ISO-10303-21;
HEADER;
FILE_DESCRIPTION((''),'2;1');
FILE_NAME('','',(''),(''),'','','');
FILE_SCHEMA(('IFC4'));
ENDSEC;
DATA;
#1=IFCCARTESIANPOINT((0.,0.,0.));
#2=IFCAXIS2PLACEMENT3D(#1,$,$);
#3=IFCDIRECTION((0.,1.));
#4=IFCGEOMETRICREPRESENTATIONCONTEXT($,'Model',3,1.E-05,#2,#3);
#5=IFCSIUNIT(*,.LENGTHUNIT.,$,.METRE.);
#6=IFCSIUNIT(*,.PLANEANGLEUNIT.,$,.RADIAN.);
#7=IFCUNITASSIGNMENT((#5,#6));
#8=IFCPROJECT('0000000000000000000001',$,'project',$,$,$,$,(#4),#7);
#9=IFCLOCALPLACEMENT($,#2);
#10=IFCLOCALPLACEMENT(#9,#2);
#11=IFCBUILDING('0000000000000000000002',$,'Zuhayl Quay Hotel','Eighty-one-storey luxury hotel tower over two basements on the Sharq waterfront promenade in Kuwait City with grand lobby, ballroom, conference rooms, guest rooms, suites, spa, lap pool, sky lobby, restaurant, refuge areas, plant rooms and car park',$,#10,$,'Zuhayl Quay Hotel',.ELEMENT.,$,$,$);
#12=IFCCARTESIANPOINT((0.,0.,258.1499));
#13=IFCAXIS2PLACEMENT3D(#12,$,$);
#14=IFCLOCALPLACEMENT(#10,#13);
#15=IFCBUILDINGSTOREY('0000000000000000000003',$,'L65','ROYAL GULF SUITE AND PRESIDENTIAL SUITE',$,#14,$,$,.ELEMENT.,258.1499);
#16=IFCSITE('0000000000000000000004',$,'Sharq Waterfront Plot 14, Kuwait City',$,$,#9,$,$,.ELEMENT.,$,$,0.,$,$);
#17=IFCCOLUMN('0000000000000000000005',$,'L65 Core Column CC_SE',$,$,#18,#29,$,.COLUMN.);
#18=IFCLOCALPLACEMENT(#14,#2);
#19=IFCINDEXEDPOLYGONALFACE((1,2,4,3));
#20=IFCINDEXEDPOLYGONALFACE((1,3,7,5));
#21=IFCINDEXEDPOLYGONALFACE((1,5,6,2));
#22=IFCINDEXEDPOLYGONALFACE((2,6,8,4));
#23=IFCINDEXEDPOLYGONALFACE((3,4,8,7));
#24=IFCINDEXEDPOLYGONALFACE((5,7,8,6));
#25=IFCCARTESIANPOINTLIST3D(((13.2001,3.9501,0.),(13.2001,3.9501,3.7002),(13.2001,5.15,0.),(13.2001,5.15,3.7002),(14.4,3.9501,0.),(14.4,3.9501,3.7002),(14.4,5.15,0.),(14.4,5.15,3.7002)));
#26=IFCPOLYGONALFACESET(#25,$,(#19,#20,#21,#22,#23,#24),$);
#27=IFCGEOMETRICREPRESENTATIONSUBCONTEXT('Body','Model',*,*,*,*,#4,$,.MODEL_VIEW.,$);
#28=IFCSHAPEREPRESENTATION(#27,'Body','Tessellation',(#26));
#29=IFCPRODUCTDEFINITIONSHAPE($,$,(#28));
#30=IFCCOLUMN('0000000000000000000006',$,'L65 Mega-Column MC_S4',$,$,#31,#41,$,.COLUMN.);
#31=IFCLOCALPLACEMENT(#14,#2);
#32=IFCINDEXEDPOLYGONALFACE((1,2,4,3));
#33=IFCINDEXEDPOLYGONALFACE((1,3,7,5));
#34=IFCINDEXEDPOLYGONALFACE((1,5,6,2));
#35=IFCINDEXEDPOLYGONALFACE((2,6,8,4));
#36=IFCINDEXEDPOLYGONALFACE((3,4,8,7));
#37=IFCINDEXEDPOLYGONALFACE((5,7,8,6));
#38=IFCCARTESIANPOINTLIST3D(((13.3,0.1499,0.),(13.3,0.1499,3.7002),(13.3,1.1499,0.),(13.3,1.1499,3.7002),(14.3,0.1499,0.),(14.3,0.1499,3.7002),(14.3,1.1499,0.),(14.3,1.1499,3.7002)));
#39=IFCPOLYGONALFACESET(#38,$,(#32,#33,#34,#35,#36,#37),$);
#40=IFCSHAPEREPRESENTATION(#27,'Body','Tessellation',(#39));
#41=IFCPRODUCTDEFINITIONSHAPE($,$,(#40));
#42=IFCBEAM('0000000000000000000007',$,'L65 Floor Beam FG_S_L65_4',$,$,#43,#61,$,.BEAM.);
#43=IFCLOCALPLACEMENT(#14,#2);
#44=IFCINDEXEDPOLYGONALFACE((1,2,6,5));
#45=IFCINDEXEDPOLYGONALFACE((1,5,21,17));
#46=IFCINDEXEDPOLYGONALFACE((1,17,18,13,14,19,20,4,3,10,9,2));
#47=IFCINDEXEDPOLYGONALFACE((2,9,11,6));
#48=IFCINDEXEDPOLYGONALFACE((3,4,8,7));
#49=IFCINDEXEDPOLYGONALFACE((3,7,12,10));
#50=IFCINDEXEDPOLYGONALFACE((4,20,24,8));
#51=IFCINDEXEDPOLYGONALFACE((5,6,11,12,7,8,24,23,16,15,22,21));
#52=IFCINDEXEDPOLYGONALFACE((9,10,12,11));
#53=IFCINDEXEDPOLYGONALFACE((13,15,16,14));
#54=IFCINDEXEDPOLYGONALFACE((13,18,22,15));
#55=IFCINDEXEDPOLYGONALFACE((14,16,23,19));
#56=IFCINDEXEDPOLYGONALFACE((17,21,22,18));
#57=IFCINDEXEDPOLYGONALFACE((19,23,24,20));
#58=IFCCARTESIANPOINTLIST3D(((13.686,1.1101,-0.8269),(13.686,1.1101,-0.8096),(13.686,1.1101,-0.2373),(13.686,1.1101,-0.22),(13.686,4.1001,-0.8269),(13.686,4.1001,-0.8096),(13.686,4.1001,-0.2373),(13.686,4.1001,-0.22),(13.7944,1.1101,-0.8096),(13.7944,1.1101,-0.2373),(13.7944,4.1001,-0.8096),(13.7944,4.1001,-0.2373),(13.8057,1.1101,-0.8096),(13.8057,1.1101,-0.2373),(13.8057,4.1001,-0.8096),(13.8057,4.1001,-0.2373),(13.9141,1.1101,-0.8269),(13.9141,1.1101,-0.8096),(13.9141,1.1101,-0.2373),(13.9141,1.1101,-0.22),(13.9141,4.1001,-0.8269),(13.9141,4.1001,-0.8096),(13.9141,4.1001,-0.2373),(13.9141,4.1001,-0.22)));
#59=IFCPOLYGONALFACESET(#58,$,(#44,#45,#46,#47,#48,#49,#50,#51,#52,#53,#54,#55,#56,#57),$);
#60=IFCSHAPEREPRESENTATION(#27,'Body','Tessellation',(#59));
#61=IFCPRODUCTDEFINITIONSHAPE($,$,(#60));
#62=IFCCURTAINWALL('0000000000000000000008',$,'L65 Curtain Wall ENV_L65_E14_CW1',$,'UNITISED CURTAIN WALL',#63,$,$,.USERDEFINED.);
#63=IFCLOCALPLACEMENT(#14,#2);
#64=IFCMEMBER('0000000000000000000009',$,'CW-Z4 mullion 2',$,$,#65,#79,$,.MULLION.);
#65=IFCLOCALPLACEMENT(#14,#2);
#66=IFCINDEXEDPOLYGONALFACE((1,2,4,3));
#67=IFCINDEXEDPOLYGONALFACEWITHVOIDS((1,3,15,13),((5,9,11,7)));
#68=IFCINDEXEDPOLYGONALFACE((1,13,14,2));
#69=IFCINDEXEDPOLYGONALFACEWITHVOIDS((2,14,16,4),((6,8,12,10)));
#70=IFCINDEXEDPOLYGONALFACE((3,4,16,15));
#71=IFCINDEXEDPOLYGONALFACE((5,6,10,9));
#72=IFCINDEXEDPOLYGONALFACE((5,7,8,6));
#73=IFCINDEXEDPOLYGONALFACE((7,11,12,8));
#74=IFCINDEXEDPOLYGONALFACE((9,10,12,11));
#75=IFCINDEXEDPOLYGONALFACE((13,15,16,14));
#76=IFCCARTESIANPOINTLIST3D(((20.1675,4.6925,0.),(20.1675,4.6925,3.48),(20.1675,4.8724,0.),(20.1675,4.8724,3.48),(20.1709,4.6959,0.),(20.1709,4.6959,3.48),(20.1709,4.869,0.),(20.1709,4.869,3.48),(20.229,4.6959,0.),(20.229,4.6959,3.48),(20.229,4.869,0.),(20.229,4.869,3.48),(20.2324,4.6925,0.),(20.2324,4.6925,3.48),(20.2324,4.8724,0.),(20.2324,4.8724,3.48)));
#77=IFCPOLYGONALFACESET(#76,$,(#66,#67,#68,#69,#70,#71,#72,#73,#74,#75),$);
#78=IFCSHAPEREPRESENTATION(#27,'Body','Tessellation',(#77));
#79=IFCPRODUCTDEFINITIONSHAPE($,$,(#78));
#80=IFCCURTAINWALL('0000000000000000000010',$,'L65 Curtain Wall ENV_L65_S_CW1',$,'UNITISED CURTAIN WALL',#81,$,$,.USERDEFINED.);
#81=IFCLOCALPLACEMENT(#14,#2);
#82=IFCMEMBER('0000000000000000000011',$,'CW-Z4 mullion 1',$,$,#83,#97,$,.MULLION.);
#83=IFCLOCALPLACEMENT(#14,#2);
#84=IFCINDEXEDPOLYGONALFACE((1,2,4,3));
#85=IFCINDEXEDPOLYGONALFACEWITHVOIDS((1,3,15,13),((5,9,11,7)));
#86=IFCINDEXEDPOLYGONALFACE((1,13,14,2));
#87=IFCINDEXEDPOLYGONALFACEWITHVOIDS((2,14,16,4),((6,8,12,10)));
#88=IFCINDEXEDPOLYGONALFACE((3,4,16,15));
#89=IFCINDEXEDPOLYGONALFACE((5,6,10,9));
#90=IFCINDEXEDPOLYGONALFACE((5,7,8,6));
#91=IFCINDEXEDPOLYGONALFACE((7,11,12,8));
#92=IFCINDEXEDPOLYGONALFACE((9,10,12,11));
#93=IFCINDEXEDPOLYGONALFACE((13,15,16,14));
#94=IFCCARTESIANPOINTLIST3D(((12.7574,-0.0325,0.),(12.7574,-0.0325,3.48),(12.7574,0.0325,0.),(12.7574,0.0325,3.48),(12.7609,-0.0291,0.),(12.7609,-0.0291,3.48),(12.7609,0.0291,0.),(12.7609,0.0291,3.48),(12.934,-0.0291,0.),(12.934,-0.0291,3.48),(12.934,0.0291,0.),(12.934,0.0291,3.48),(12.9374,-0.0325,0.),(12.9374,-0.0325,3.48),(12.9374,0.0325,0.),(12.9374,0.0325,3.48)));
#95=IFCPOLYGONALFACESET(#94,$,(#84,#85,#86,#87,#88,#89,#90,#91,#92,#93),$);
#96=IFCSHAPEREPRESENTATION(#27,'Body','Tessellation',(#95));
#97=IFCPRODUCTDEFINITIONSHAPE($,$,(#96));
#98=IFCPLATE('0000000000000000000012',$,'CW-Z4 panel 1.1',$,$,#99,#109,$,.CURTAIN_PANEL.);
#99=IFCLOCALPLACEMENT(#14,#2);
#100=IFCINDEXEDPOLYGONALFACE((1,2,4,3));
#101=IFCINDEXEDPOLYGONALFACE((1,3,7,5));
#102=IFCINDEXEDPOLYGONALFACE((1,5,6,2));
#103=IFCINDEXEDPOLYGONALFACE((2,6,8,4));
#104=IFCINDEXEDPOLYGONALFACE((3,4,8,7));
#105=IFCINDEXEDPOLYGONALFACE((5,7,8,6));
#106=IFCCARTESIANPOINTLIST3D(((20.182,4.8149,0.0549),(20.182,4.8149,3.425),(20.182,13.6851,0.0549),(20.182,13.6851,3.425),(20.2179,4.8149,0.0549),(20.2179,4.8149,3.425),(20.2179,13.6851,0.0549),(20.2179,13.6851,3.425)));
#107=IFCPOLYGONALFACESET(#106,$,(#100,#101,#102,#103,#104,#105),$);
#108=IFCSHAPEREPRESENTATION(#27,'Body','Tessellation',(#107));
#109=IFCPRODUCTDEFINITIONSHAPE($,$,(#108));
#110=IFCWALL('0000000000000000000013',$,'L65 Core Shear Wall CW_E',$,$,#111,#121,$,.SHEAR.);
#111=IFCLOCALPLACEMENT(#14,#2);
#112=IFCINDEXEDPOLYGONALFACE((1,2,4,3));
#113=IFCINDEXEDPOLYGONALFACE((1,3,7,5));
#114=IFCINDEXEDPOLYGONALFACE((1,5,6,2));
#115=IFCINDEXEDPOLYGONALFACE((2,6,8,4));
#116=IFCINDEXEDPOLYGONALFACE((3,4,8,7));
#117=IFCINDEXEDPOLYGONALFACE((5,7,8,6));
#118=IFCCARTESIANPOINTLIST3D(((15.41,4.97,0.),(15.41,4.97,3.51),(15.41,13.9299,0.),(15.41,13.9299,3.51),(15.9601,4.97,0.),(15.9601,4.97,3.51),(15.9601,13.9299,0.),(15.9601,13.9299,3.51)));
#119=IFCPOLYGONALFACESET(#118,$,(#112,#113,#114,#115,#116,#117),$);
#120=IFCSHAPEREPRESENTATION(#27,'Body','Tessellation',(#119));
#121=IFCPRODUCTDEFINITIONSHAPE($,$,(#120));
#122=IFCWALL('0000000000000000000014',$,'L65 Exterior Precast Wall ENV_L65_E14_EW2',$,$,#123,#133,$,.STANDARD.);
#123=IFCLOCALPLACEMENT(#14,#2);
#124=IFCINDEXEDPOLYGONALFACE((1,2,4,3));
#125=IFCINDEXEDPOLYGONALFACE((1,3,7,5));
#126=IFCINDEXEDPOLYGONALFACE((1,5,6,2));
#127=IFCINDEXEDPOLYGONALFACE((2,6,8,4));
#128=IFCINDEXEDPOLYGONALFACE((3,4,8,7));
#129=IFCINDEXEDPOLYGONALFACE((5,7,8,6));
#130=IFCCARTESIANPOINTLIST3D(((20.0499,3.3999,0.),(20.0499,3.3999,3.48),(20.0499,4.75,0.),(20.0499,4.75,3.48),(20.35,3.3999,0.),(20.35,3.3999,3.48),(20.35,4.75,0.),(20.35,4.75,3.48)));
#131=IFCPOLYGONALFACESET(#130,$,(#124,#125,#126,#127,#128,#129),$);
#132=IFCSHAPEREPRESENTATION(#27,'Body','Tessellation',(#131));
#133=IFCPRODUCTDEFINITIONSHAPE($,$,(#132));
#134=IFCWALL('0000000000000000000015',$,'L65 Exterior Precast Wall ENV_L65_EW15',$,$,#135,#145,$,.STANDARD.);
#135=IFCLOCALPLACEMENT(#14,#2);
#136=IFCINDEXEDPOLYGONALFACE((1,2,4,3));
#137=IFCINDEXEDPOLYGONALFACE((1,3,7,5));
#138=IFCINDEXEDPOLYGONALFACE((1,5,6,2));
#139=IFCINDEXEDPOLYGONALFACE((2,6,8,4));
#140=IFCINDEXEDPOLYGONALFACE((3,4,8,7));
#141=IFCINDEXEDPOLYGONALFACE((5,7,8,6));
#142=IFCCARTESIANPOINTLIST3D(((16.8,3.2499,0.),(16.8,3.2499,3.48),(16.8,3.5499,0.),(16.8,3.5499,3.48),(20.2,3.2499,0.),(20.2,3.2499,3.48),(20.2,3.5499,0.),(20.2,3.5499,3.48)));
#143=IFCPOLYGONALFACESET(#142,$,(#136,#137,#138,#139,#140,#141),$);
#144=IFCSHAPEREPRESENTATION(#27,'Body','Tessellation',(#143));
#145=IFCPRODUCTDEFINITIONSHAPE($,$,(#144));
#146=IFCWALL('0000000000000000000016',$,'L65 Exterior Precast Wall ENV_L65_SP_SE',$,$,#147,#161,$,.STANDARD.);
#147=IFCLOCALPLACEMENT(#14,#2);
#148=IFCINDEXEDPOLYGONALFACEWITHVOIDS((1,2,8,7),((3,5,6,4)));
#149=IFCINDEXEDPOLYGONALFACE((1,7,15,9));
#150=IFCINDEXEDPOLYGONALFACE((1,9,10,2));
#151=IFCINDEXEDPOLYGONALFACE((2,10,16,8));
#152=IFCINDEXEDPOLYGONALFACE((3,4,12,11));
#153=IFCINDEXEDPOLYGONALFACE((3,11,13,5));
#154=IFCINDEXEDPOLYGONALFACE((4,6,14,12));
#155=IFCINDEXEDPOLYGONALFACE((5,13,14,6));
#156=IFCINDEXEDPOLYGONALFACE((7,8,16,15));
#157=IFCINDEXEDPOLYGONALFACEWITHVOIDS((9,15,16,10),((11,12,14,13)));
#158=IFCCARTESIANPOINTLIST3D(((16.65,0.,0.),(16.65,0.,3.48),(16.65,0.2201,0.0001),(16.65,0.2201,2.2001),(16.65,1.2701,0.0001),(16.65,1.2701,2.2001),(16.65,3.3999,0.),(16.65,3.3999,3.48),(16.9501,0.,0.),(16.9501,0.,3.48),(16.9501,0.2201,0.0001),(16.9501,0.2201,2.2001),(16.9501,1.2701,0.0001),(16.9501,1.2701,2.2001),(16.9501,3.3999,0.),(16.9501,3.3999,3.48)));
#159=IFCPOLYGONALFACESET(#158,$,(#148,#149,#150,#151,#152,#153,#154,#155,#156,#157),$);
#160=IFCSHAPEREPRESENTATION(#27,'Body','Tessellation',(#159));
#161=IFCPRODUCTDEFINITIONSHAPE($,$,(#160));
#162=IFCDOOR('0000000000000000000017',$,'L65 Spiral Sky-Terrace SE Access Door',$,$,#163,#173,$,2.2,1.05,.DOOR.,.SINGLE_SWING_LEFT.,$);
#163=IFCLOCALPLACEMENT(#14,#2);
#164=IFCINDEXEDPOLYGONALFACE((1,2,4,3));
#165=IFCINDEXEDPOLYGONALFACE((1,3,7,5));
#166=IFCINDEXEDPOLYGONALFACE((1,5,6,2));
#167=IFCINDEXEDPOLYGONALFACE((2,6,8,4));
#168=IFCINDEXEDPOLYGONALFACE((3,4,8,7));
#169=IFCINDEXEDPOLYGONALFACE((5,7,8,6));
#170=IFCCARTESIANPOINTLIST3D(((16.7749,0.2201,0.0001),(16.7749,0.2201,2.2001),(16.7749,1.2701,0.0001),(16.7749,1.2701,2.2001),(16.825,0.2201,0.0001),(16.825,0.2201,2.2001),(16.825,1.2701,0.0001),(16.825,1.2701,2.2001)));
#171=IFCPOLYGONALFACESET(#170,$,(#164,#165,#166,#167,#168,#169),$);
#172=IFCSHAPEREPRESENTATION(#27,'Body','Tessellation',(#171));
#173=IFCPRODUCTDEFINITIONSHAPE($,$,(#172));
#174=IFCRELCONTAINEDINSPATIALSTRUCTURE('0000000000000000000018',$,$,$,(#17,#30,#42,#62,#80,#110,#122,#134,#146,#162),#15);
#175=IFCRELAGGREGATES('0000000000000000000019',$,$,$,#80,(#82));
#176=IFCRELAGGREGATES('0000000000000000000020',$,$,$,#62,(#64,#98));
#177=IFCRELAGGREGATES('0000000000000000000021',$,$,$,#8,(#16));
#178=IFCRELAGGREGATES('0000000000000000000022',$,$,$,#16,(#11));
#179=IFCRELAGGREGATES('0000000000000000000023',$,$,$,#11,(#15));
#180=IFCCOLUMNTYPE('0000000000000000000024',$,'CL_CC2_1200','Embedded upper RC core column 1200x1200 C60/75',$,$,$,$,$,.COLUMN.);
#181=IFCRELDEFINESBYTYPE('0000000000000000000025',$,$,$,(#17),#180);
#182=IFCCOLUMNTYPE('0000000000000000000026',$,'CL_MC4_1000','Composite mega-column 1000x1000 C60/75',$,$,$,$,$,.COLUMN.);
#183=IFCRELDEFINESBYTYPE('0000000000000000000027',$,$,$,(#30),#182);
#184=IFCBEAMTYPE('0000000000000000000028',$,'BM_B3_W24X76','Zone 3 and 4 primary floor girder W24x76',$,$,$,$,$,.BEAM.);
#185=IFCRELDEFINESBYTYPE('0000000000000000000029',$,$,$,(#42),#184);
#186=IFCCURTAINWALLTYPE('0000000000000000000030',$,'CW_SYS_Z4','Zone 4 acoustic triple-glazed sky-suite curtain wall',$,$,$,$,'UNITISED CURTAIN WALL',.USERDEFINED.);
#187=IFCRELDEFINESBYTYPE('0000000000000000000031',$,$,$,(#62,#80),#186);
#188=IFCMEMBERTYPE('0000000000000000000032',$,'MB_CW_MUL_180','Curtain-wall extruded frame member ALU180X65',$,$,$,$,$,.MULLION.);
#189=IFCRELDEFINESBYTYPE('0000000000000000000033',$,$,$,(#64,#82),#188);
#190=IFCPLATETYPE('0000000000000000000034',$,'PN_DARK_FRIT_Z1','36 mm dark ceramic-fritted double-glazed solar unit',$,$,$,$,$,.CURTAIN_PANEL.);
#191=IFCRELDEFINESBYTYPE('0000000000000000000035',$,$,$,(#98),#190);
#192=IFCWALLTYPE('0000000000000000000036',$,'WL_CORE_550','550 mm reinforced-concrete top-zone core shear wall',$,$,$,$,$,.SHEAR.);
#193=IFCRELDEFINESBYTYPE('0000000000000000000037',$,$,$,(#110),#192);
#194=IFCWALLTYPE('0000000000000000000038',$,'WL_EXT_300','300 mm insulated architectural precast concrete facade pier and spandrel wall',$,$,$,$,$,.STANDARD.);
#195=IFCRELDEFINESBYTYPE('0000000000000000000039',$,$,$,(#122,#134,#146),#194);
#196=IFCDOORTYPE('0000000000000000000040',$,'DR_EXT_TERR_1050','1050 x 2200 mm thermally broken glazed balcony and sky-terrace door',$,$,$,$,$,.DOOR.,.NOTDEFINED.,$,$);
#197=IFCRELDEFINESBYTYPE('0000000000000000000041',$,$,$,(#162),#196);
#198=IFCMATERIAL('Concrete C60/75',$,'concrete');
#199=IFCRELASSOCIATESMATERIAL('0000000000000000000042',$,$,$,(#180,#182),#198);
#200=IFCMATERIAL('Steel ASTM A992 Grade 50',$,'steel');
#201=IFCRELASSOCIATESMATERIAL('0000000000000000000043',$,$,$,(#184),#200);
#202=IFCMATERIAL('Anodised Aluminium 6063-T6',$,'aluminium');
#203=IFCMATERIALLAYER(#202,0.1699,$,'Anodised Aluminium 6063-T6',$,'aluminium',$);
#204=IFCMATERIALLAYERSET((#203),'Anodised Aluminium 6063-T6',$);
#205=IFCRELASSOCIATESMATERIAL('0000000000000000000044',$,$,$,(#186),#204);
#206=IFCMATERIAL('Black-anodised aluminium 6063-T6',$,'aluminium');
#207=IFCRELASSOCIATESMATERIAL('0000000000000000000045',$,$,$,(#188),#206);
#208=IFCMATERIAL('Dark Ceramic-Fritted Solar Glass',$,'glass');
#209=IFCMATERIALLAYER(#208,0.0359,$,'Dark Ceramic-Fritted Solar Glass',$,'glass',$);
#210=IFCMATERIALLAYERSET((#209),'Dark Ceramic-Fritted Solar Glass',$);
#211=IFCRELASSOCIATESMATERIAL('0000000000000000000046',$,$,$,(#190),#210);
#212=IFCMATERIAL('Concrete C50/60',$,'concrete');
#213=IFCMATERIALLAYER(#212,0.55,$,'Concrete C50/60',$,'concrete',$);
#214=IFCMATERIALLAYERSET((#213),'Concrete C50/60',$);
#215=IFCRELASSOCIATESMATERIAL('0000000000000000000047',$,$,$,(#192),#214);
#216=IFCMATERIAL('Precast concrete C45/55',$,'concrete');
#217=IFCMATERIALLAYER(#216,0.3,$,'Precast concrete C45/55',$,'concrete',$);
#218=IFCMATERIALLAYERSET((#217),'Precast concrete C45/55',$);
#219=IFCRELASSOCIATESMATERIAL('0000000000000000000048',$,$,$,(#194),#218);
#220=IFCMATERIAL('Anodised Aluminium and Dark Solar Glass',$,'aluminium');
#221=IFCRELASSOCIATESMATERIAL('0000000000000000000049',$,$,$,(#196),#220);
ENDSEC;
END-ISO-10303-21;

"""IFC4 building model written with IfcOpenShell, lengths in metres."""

from ifc_helpers import new_model, si_unit, direction, frame, frame_2d, origin, origin_2d, place, context, subcontext, project, spatial, rectangle, hollow_rectangle, i_section, extrude, material, layer, layer_set, material_profile, profile_set, type_object, element, fill, aggregate, save


model = new_model("IFC4")

# Units and contexts
model_context = context("Model", 3, precision=1e-05, world=origin(), true_north=direction((0.0, 1.0)))
body_context = subcontext(model_context, "Body", "Model", "MODEL_VIEW")
ifc_project = project(units=[si_unit("LENGTHUNIT", "METRE"), si_unit("PLANEANGLEUNIT", "RADIAN")], contexts=[model_context])

# Site, building, storey
site_placement = place(None, origin())
site = spatial("IfcSite", under=ifc_project, at=site_placement, Name="Sharq Waterfront Plot 14, Kuwait City", CompositionType="ELEMENT", RefElevation=0.0)
building_placement = place(site_placement, origin())
building = spatial("IfcBuilding", under=site, at=building_placement, Name="Zuhayl Quay Hotel", Description="Eighty-one-storey luxury hotel tower over two basements on the Sharq waterfront promenade in Kuwait City with grand lobby, ballroom, conference rooms, guest rooms, suites, spa, lap pool, sky lobby, restaurant, refuge areas, plant rooms and car park", LongName="Zuhayl Quay Hotel", CompositionType="ELEMENT")
storey_placement = place(building_placement, frame((0.0, 0.0, 258.1499)))
storey = spatial("IfcBuildingStorey", under=building, at=storey_placement, Name="L65", Description="ROYAL GULF SUITE AND PRESIDENTIAL SUITE", CompositionType="ELEMENT", Elevation=258.1499)

# Columns
ifc_material_1 = material(Name="Concrete C60/75", Category="concrete")
ifc_material_profile_1 = material_profile(ifc_material_1, rectangle(XDim=1.2, YDim=1.2, at=origin_2d()), Name="RC1200X1200")
ifc_profile_set_1 = profile_set([ifc_material_profile_1], Name="Concrete C60/75")
column_type_1 = type_object("IfcColumnType", Name="CL_CC2_1200", Description="Embedded upper RC core column 1200x1200 C60/75", PredefinedType="COLUMN", material=ifc_profile_set_1)
column_1_placement = place(storey_placement, frame((13.8, 4.55, 0.0), z_axis=(0.0, 0.0, 1.0), x_axis=(1.0, 0.0, 0.0)))
element("IfcColumn", 1, at=column_1_placement, inside=storey, type_object=column_type_1, Name="L65 Core Column CC_SE", PredefinedType="COLUMN", context=body_context, shape_type="SweptSolid", body=[
    extrude(rectangle(XDim=1.2, YDim=1.2, at=origin_2d()), origin(), (0.0, 0.0, 1.0), 3.7002),
])
ifc_material_profile_2 = material_profile(ifc_material_1, rectangle(XDim=1.0, YDim=1.0, at=origin_2d()), Name="RC1000X1000")
ifc_profile_set_2 = profile_set([ifc_material_profile_2], Name="Concrete C60/75")
column_type_2 = type_object("IfcColumnType", Name="CL_MC4_1000", Description="Composite mega-column 1000x1000 C60/75", PredefinedType="COLUMN", material=ifc_profile_set_2)
column_2_placement = place(storey_placement, frame((13.8, 0.6499, 0.0), z_axis=(0.0, 0.0, 1.0), x_axis=(1.0, 0.0, 0.0)))
element("IfcColumn", 2, at=column_2_placement, inside=storey, type_object=column_type_2, Name="L65 Mega-Column MC_S4", PredefinedType="COLUMN", context=body_context, shape_type="SweptSolid", body=[
    extrude(rectangle(XDim=1.0, YDim=1.0, at=origin_2d()), origin(), (0.0, 0.0, 1.0), 3.7002),
])

# Beam
ifc_material_2 = material(Name="Steel ASTM A992 Grade 50", Category="steel")
ifc_material_profile_3 = material_profile(ifc_material_2, i_section(OverallWidth=0.228, OverallDepth=0.6069, WebThickness=0.0112, FlangeThickness=0.0173, at=origin_2d()), Name="W24X76")
ifc_profile_set_3 = profile_set([ifc_material_profile_3], Name="Steel ASTM A992 Grade 50")
beam_type = type_object("IfcBeamType", Name="BM_B3_W24X76", Description="Zone 3 and 4 primary floor girder W24x76", PredefinedType="BEAM", material=ifc_profile_set_3)
beam_placement = place(storey_placement, frame((13.8, 1.1101, -0.5234), z_axis=(0.0, 1.0, 0.0), x_axis=(-1.0, 0.0, 0.0)))
element("IfcBeam", 3, at=beam_placement, inside=storey, type_object=beam_type, Name="L65 Floor Beam FG_S_L65_4", PredefinedType="BEAM", context=body_context, shape_type="SweptSolid", body=[
    extrude(i_section(OverallWidth=0.228, OverallDepth=0.6069, WebThickness=0.0112, FlangeThickness=0.0173, at=origin_2d()), origin(), (0.0, 0.0, 1.0), 2.99),
])

# Curtain walls, members
ifc_material_3 = material(Name="Anodised Aluminium 6063-T6", Category="aluminium")
ifc_layer_1 = layer(ifc_material_3, 0.1699, Name="Anodised Aluminium 6063-T6", Category="aluminium")
ifc_layer_set_1 = layer_set([ifc_layer_1], Name="Anodised Aluminium 6063-T6")
curtain_wall_type = type_object("IfcCurtainWallType", Name="CW_SYS_Z4", Description="Zone 4 acoustic triple-glazed sky-suite curtain wall", ElementType="UNITISED CURTAIN WALL", PredefinedType="USERDEFINED", material=ifc_layer_set_1)
curtain_wall_1_placement = place(storey_placement, origin())
curtain_wall_1 = element("IfcCurtainWall", 4, at=curtain_wall_1_placement, inside=storey, type_object=curtain_wall_type, Name="L65 Curtain Wall ENV_L65_E14_CW1", ObjectType="UNITISED CURTAIN WALL", PredefinedType="USERDEFINED")
ifc_material_4 = material(Name="Black-anodised aluminium 6063-T6", Category="aluminium")
ifc_material_profile_4 = material_profile(ifc_material_4, hollow_rectangle(XDim=0.0649, YDim=0.1799, WallThickness=0.0034, at=origin_2d()), Name="ALU180X65")
ifc_profile_set_4 = profile_set([ifc_material_profile_4], Name="Black-anodised aluminium 6063-T6")
member_type = type_object("IfcMemberType", Name="MB_CW_MUL_180", Description="Curtain-wall extruded frame member ALU180X65", PredefinedType="MULLION", material=ifc_profile_set_4)
member_1_placement = place(storey_placement, frame((20.2, 4.7825, 0.0), z_axis=(0.0, 0.0, 1.0), x_axis=(1.0, 0.0, 0.0)))
member_1 = element("IfcMember", 5, at=member_1_placement, type_object=member_type, Name="CW-Z4 mullion 2", PredefinedType="MULLION", context=body_context, shape_type="SweptSolid", body=[
    extrude(hollow_rectangle(XDim=0.0649, YDim=0.1799, WallThickness=0.0034, at=origin_2d()), origin(), (0.0, 0.0, 1.0), 3.48),
])
curtain_wall_2_placement = place(storey_placement, origin())
curtain_wall_2 = element("IfcCurtainWall", 6, at=curtain_wall_2_placement, inside=storey, type_object=curtain_wall_type, Name="L65 Curtain Wall ENV_L65_S_CW1", ObjectType="UNITISED CURTAIN WALL", PredefinedType="USERDEFINED")
member_2_placement = place(storey_placement, frame((12.8474, 0.0, 0.0), z_axis=(0.0, 0.0, 1.0), x_axis=(0.0, -1.0, 0.0)))
member_2 = element("IfcMember", 7, at=member_2_placement, type_object=member_type, Name="CW-Z4 mullion 1", PredefinedType="MULLION", context=body_context, shape_type="SweptSolid", body=[
    extrude(hollow_rectangle(XDim=0.0649, YDim=0.1799, WallThickness=0.0034, at=origin_2d()), origin(), (0.0, 0.0, 1.0), 3.48),
])
aggregate(curtain_wall_2, [member_2])

# Plate
ifc_material_5 = material(Name="Dark Ceramic-Fritted Solar Glass", Category="glass")
ifc_layer_2 = layer(ifc_material_5, 0.0359, Name="Dark Ceramic-Fritted Solar Glass", Category="glass")
ifc_layer_set_2 = layer_set([ifc_layer_2], Name="Dark Ceramic-Fritted Solar Glass")
plate_type = type_object("IfcPlateType", Name="PN_DARK_FRIT_Z1", Description="36 mm dark ceramic-fritted double-glazed solar unit", PredefinedType="CURTAIN_PANEL", material=ifc_layer_set_2)
plate_placement = place(storey_placement, frame((20.2, 9.25, 0.0549), z_axis=(0.0, 0.0, 1.0), x_axis=(0.0, -1.0, 0.0)))
plate = element("IfcPlate", 8, at=plate_placement, type_object=plate_type, Name="CW-Z4 panel 1.1", PredefinedType="CURTAIN_PANEL", context=body_context, shape_type="SweptSolid", body=[
    extrude(rectangle(XDim=8.8701, YDim=0.0359, at=origin_2d()), origin(), (0.0, 0.0, 1.0), 3.3701),
])
aggregate(curtain_wall_1, [member_1, plate])

# Walls
ifc_material_6 = material(Name="Concrete C50/60", Category="concrete")
ifc_layer_3 = layer(ifc_material_6, 0.55, Name="Concrete C50/60", Category="concrete")
ifc_layer_set_3 = layer_set([ifc_layer_3], Name="Concrete C50/60")
wall_type_1 = type_object("IfcWallType", Name="WL_CORE_550", Description="550 mm reinforced-concrete top-zone core shear wall", PredefinedType="SHEAR", material=ifc_layer_set_3)
wall_1_placement = place(storey_placement, frame((15.6851, 4.97, 0.0), z_axis=(0.0, 0.0, 1.0), x_axis=(0.0, 1.0, 0.0)))
element("IfcWall", 9, at=wall_1_placement, inside=storey, type_object=wall_type_1, Name="L65 Core Shear Wall CW_E", PredefinedType="SHEAR", context=body_context, shape_type="SweptSolid", body=[
    extrude(rectangle(XDim=8.96, YDim=0.55, at=frame_2d((4.48, 0.0))), origin(), (0.0, 0.0, 1.0), 3.51),
])
ifc_material_7 = material(Name="Precast concrete C45/55", Category="concrete")
ifc_layer_4 = layer(ifc_material_7, 0.3, Name="Precast concrete C45/55", Category="concrete")
ifc_layer_set_4 = layer_set([ifc_layer_4], Name="Precast concrete C45/55")
wall_type_2 = type_object("IfcWallType", Name="WL_EXT_300", Description="300 mm insulated architectural precast concrete facade pier and spandrel wall", PredefinedType="STANDARD", material=ifc_layer_set_4)
wall_2_placement = place(storey_placement, frame((20.2, 4.75, 0.0), z_axis=(0.0, 0.0, 1.0), x_axis=(0.0, -1.0, 0.0)))
element("IfcWall", 10, at=wall_2_placement, inside=storey, type_object=wall_type_2, Name="L65 Exterior Precast Wall ENV_L65_E14_EW2", PredefinedType="STANDARD", context=body_context, shape_type="SweptSolid", body=[
    extrude(rectangle(XDim=1.3501, YDim=0.3, at=frame_2d((0.675, 0.0))), origin(), (0.0, 0.0, 1.0), 3.48),
])
wall_3_placement = place(storey_placement, frame((20.2, 3.3999, 0.0), z_axis=(0.0, 0.0, 1.0), x_axis=(-1.0, 0.0, 0.0)))
element("IfcWall", 11, at=wall_3_placement, inside=storey, type_object=wall_type_2, Name="L65 Exterior Precast Wall ENV_L65_EW15", PredefinedType="STANDARD", context=body_context, shape_type="SweptSolid", body=[
    extrude(rectangle(XDim=3.3999, YDim=0.3, at=frame_2d((1.7, 0.0))), origin(), (0.0, 0.0, 1.0), 3.48),
])

# Wall, opening, door
wall_4_placement = place(storey_placement, frame((16.8, 3.3999, 0.0), z_axis=(0.0, 0.0, 1.0), x_axis=(0.0, -1.0, 0.0)))
wall_4 = element("IfcWall", 12, at=wall_4_placement, inside=storey, type_object=wall_type_2, Name="L65 Exterior Precast Wall ENV_L65_SP_SE", PredefinedType="STANDARD", context=body_context, shape_type="SweptSolid", body=[
    extrude(rectangle(XDim=3.3999, YDim=0.3, at=frame_2d((1.7, 0.0))), origin(), (0.0, 0.0, 1.0), 3.48),
])
opening_1_placement = place(wall_4_placement, frame((2.1299, 0.0, 0.0)))
opening_1 = element("IfcOpeningElement", 13, at=opening_1_placement, cuts=wall_4, PredefinedType="OPENING", context=body_context, shape_type="SweptSolid", body=[
    extrude(rectangle(XDim=1.05, YDim=2.2, at=frame_2d((0.5249, 1.1001))), frame((0.0, 0.1599, 0.0), z_axis=(0.0, -1.0, 0.0), x_axis=(1.0, 0.0, 0.0)), (0.0, 0.0, 1.0), 0.3201),
])
ifc_material_8 = material(Name="Anodised Aluminium and Dark Solar Glass", Category="aluminium")
door_type_1 = type_object("IfcDoorType", Name="DR_EXT_TERR_1050", Description="1050 x 2200 mm thermally broken glazed balcony and sky-terrace door", OperationType="NOTDEFINED", PredefinedType="DOOR", material=ifc_material_8)
door_1_placement = place(opening_1_placement, origin())
door_1 = element("IfcDoor", 14, at=door_1_placement, inside=storey, type_object=door_type_1, Name="L65 Spiral Sky-Terrace SE Access Door", OperationType="SINGLE_SWING_LEFT", OverallHeight=2.2, OverallWidth=1.05, PredefinedType="DOOR", context=body_context, shape_type="SweptSolid", body=[
    extrude(rectangle(XDim=1.05, YDim=2.2, at=frame_2d((0.5249, 1.1001))), frame((0.0, 0.0249, 0.0), z_axis=(0.0, -1.0, 0.0), x_axis=(1.0, 0.0, 0.0)), (0.0, 0.0, 1.0), 0.05),
])
fill(opening_1, door_1)

save(model, "model.ifc")
